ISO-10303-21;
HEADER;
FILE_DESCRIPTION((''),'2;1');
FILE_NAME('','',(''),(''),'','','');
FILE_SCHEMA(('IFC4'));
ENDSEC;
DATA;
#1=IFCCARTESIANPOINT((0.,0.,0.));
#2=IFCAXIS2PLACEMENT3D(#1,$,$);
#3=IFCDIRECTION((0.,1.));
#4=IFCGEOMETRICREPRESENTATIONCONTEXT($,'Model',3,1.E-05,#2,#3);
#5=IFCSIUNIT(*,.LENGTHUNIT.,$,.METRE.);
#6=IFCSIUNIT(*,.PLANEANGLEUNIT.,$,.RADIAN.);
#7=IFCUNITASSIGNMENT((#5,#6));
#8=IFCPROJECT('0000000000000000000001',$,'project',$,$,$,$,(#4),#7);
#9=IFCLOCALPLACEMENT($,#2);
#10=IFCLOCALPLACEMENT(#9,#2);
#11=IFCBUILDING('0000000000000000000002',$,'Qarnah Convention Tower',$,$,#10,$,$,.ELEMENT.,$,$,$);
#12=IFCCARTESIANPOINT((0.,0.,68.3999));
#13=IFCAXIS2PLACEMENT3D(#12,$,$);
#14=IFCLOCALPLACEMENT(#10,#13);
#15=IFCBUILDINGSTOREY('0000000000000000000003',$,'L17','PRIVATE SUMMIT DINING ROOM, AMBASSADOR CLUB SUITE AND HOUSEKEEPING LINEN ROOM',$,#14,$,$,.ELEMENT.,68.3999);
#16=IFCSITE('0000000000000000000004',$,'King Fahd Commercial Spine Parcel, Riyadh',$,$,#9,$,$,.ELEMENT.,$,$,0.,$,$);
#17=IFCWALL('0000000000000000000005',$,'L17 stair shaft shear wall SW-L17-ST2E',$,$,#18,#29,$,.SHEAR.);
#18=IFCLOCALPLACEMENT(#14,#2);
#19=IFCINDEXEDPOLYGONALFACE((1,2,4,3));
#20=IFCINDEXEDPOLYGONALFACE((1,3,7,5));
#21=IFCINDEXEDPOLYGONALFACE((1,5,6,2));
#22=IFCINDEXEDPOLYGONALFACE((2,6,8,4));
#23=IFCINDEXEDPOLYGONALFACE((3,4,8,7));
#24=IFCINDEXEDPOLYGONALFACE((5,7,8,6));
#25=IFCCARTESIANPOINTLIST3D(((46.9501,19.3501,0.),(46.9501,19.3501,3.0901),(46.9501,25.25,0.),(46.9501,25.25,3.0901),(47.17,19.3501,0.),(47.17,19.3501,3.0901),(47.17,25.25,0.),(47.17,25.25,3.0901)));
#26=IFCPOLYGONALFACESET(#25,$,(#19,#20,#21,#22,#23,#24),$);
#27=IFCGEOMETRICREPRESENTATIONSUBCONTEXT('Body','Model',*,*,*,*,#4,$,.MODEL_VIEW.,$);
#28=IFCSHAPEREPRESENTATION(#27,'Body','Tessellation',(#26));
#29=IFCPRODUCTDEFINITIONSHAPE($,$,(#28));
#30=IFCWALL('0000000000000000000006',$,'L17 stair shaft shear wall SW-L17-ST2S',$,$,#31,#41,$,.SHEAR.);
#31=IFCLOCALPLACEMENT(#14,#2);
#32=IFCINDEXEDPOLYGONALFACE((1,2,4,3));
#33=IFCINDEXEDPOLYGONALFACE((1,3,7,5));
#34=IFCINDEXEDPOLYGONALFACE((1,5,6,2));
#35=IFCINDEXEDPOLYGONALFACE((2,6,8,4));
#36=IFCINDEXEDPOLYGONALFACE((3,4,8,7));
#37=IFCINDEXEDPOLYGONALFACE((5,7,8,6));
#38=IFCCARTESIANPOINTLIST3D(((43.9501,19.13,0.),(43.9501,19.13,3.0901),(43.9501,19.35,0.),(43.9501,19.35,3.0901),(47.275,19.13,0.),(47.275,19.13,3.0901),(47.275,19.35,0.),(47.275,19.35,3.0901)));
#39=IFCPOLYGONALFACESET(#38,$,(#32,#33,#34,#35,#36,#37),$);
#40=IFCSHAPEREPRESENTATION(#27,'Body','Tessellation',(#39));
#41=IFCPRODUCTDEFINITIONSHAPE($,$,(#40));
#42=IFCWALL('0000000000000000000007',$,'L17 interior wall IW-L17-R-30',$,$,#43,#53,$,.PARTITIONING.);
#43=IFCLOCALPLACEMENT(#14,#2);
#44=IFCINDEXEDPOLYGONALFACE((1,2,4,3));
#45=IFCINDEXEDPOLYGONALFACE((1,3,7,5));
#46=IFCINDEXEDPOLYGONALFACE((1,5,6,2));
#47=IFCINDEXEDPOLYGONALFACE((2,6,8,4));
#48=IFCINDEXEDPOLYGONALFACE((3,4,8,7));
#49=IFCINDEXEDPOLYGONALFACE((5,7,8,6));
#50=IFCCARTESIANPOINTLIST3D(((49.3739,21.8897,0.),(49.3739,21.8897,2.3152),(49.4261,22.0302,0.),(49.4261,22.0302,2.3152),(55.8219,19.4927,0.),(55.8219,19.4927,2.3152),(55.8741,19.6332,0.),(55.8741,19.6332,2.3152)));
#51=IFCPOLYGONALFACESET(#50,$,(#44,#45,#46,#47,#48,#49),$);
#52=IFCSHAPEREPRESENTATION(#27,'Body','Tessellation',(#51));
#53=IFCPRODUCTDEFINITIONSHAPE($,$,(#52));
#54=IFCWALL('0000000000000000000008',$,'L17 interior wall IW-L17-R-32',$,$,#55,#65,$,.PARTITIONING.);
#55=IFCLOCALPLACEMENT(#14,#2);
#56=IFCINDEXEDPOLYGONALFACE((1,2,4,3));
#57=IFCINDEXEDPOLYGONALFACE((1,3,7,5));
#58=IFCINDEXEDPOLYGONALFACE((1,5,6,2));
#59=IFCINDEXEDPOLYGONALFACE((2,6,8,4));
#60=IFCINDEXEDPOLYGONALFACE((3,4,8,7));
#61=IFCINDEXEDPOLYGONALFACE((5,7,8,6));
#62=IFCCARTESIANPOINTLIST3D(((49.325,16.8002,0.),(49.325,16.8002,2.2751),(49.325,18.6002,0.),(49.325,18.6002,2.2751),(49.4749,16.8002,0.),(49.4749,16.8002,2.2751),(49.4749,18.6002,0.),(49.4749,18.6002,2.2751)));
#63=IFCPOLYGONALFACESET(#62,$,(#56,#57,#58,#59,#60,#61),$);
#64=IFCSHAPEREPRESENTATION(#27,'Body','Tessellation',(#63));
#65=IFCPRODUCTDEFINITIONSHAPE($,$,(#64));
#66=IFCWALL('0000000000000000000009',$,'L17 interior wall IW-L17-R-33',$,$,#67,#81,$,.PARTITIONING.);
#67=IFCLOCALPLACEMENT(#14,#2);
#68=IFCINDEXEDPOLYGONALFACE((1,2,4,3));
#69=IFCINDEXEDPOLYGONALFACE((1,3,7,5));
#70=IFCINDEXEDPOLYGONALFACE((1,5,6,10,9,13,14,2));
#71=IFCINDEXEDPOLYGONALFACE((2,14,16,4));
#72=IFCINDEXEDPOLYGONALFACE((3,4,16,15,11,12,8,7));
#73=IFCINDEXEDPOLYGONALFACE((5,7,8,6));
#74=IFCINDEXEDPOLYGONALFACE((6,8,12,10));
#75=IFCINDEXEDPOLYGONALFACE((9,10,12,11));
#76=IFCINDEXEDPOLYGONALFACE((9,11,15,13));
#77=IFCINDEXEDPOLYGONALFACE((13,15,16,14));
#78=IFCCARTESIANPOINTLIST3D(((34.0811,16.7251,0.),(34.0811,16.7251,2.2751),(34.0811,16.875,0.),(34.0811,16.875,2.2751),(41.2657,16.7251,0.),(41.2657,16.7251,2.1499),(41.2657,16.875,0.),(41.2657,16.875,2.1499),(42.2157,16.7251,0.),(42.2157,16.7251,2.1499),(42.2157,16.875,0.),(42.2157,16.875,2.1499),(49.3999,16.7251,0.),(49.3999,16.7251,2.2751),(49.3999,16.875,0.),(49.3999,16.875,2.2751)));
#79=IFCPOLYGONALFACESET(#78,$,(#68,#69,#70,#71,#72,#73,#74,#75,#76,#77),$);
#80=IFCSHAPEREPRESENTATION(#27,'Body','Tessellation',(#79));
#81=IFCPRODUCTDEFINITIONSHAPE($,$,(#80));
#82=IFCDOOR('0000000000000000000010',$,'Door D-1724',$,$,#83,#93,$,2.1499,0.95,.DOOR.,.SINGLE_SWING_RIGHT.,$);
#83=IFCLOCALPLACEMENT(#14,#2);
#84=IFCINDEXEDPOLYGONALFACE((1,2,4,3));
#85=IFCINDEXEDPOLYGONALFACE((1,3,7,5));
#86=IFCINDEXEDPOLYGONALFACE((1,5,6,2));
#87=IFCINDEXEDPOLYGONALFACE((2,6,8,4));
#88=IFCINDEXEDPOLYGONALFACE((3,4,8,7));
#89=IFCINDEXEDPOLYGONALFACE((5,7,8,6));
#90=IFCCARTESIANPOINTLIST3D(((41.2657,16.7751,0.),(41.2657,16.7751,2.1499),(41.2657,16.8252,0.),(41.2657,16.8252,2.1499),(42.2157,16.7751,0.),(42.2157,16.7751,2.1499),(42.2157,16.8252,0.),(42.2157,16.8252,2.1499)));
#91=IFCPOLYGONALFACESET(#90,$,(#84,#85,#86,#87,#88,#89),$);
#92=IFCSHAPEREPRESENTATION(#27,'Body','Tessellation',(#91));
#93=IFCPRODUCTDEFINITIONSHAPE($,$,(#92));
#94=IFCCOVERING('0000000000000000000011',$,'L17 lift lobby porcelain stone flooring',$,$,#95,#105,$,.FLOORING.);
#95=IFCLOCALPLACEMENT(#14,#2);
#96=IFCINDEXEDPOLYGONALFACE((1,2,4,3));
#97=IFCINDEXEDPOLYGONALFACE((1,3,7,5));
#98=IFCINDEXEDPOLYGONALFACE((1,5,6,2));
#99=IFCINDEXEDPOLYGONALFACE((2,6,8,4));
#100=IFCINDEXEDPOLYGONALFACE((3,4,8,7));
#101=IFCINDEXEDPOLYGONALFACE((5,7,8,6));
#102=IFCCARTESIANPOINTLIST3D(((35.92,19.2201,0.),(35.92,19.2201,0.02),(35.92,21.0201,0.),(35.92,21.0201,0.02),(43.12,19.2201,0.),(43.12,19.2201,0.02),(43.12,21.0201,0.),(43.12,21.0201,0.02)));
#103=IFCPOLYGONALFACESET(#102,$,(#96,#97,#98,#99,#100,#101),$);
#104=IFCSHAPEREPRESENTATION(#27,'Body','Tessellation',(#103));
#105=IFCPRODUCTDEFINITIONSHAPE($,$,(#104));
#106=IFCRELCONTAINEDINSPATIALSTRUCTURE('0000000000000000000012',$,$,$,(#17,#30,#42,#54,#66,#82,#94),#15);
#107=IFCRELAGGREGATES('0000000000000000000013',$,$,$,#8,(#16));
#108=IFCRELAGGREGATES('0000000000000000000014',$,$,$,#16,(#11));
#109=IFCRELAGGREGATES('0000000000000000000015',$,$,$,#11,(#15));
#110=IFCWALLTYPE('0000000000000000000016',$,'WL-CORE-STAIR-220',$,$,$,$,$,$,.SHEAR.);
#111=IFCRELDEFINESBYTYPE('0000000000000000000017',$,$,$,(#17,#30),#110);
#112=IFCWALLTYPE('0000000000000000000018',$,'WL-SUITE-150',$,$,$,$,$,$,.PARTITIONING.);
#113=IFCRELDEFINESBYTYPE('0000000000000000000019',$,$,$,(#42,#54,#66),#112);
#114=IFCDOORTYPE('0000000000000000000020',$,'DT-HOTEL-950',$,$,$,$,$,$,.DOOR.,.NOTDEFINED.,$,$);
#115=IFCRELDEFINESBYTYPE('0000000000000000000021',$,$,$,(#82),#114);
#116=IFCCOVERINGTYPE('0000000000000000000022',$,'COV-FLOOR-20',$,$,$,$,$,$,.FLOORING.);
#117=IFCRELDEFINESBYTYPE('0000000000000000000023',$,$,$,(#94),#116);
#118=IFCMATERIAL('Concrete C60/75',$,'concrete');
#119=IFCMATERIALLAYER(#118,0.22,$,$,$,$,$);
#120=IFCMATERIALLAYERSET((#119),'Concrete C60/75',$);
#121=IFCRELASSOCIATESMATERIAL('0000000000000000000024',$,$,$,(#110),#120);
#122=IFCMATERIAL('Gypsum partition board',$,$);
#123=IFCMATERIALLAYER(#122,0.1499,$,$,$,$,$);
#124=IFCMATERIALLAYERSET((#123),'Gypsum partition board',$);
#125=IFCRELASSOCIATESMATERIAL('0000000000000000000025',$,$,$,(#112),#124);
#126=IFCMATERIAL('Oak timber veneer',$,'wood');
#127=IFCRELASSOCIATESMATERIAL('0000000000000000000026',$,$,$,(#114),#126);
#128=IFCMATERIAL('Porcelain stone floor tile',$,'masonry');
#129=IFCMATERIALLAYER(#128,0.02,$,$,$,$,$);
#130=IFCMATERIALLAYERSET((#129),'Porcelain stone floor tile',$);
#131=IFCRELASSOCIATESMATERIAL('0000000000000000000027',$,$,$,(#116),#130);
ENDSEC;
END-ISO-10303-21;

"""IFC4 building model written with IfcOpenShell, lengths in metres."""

from ifc_helpers import new_model, si_unit, direction, frame, frame_2d, origin, origin_2d, place, context, subcontext, project, spatial, rectangle, extrude, material, layer, layer_set, type_object, element, fill, save


model = new_model("IFC4")

# Units and contexts
model_context = context("Model", 3, precision=1e-05, world=origin(), true_north=direction((0.0, 1.0)))
body_context = subcontext(model_context, "Body", "Model", "MODEL_VIEW")
ifc_project = project(units=[si_unit("LENGTHUNIT", "METRE"), si_unit("PLANEANGLEUNIT", "RADIAN")], contexts=[model_context])

# Site, building, storey
site_placement = place(None, origin())
site = spatial("IfcSite", under=ifc_project, at=site_placement, Name="King Fahd Commercial Spine Parcel, Riyadh", CompositionType="ELEMENT", RefElevation=0.0)
building_placement = place(site_placement, origin())
building = spatial("IfcBuilding", under=site, at=building_placement, Name="Qarnah Convention Tower", CompositionType="ELEMENT")
storey_placement = place(building_placement, frame((0.0, 0.0, 68.3999)))
storey = spatial("IfcBuildingStorey", under=building, at=storey_placement, Name="L17", Description="PRIVATE SUMMIT DINING ROOM, AMBASSADOR CLUB SUITE AND HOUSEKEEPING LINEN ROOM", CompositionType="ELEMENT", Elevation=68.3999)

# Shared definitions
ifc_material_1 = material(Name="Concrete C60/75", Category="concrete")

# Walls
ifc_layer_1 = layer(ifc_material_1, 0.22)
ifc_layer_set_1 = layer_set([ifc_layer_1], Name="Concrete C60/75")
wall_type_1 = type_object("IfcWallType", Name="WL-CORE-STAIR-220", PredefinedType="SHEAR", material=ifc_layer_set_1)
wall_1_placement = place(storey_placement, frame((47.0601, 19.3501, 0.0), z_axis=(0.0, 0.0, 1.0), x_axis=(0.0, 1.0, 0.0)))
element("IfcWall", 1, at=wall_1_placement, inside=storey, type_object=wall_type_1, Name="L17 stair shaft shear wall SW-L17-ST2E", PredefinedType="SHEAR", context=body_context, shape_type="SweptSolid", body=[
    extrude(rectangle(XDim=5.8999, YDim=0.22, at=frame_2d((2.95, 0.0))), origin(), (0.0, 0.0, 1.0), 3.0901),
])
wall_2_placement = place(storey_placement, frame((43.95, 19.24, 0.0), z_axis=(0.0, 0.0, 1.0), x_axis=(1.0, 0.0, 0.0)))
element("IfcWall", 2, at=wall_2_placement, inside=storey, type_object=wall_type_1, Name="L17 stair shaft shear wall SW-L17-ST2S", PredefinedType="SHEAR", context=body_context, shape_type="SweptSolid", body=[
    extrude(rectangle(XDim=3.325, YDim=0.22, at=frame_2d((1.6626, 0.0))), origin(), (0.0, 0.0, 1.0), 3.0901),
])
ifc_material_2 = material(Name="Gypsum partition board")
ifc_layer_2 = layer(ifc_material_2, 0.1499)
ifc_layer_set_2 = layer_set([ifc_layer_2], Name="Gypsum partition board")
wall_type_2 = type_object("IfcWallType", Name="WL-SUITE-150", PredefinedType="PARTITIONING", material=ifc_layer_set_2)
wall_3_placement = place(storey_placement, frame((55.8479, 19.563, 0.0), z_axis=(0.0, 0.0, 1.0), x_axis=(-0.93733, 0.348442, 0.0)))
element("IfcWall", 3, at=wall_3_placement, inside=storey, type_object=wall_type_2, Name="L17 interior wall IW-L17-R-30", PredefinedType="PARTITIONING", context=body_context, shape_type="SweptSolid", body=[
    extrude(rectangle(XDim=6.8792, YDim=0.1499, at=frame_2d((3.4395, 0.0))), origin(), (0.0, 0.0, 1.0), 2.3152),
])
wall_4_placement = place(storey_placement, frame((49.3999, 18.6001, 0.0), z_axis=(0.0, 0.0, 1.0), x_axis=(0.0, -1.0, 0.0)))
element("IfcWall", 4, at=wall_4_placement, inside=storey, type_object=wall_type_2, Name="L17 interior wall IW-L17-R-32", PredefinedType="PARTITIONING", context=body_context, shape_type="SweptSolid", body=[
    extrude(rectangle(XDim=1.8, YDim=0.1499, at=frame_2d((0.8999, 0.0))), origin(), (0.0, 0.0, 1.0), 2.2751),
])

# Wall, opening, door
wall_5_placement = place(storey_placement, frame((49.3999, 16.8, 0.0), z_axis=(0.0, 0.0, 1.0), x_axis=(-1.0, 0.0, 0.0)))
wall_5 = element("IfcWall", 5, at=wall_5_placement, inside=storey, type_object=wall_type_2, Name="L17 interior wall IW-L17-R-33", PredefinedType="PARTITIONING", context=body_context, shape_type="SweptSolid", body=[
    extrude(rectangle(XDim=15.3188, YDim=0.1499, at=frame_2d((7.6594, 0.0))), origin(), (0.0, 0.0, 1.0), 2.2751),
])
opening_1_placement = place(wall_5_placement, frame((7.1841, 0.0, 0.0)))
opening_1 = element("IfcOpeningElement", 6, at=opening_1_placement, cuts=wall_5, PredefinedType="OPENING", context=body_context, shape_type="SweptSolid", body=[
    extrude(rectangle(XDim=0.95, YDim=2.1499, at=frame_2d((0.4751, 1.075))), frame((0.0, 0.085, 0.0), z_axis=(0.0, -1.0, 0.0), x_axis=(1.0, 0.0, 0.0)), (0.0, 0.0, 1.0), 0.1699),
])
ifc_material_3 = material(Name="Oak timber veneer", Category="wood")
door_type_1 = type_object("IfcDoorType", Name="DT-HOTEL-950", OperationType="NOTDEFINED", PredefinedType="DOOR", material=ifc_material_3)
door_1_placement = place(opening_1_placement, origin())
door_1 = element("IfcDoor", 7, at=door_1_placement, inside=storey, type_object=door_type_1, Name="Door D-1724", OperationType="SINGLE_SWING_RIGHT", OverallHeight=2.1499, OverallWidth=0.95, PredefinedType="DOOR", context=body_context, shape_type="SweptSolid", body=[
    extrude(rectangle(XDim=0.95, YDim=2.1499, at=frame_2d((0.4751, 1.075))), frame((0.0, 0.0249, 0.0), z_axis=(0.0, -1.0, 0.0), x_axis=(1.0, 0.0, 0.0)), (0.0, 0.0, 1.0), 0.05),
])
fill(opening_1, door_1)

# Covering
ifc_material_4 = material(Name="Porcelain stone floor tile", Category="masonry")
ifc_layer_3 = layer(ifc_material_4, 0.02)
ifc_layer_set_3 = layer_set([ifc_layer_3], Name="Porcelain stone floor tile")
covering_type = type_object("IfcCoveringType", Name="COV-FLOOR-20", PredefinedType="FLOORING", material=ifc_layer_set_3)
covering_placement = place(storey_placement, frame((39.52, 20.1201, 0.0), z_axis=(0.0, 0.0, 1.0), x_axis=(1.0, 0.0, 0.0)))
element("IfcCovering", 8, at=covering_placement, inside=storey, type_object=covering_type, Name="L17 lift lobby porcelain stone flooring", PredefinedType="FLOORING", context=body_context, shape_type="SweptSolid", body=[
    extrude(rectangle(XDim=7.2, YDim=1.8, at=origin_2d()), origin(), (0.0, 0.0, 1.0), 0.02),
])

save(model, "model.ifc")
